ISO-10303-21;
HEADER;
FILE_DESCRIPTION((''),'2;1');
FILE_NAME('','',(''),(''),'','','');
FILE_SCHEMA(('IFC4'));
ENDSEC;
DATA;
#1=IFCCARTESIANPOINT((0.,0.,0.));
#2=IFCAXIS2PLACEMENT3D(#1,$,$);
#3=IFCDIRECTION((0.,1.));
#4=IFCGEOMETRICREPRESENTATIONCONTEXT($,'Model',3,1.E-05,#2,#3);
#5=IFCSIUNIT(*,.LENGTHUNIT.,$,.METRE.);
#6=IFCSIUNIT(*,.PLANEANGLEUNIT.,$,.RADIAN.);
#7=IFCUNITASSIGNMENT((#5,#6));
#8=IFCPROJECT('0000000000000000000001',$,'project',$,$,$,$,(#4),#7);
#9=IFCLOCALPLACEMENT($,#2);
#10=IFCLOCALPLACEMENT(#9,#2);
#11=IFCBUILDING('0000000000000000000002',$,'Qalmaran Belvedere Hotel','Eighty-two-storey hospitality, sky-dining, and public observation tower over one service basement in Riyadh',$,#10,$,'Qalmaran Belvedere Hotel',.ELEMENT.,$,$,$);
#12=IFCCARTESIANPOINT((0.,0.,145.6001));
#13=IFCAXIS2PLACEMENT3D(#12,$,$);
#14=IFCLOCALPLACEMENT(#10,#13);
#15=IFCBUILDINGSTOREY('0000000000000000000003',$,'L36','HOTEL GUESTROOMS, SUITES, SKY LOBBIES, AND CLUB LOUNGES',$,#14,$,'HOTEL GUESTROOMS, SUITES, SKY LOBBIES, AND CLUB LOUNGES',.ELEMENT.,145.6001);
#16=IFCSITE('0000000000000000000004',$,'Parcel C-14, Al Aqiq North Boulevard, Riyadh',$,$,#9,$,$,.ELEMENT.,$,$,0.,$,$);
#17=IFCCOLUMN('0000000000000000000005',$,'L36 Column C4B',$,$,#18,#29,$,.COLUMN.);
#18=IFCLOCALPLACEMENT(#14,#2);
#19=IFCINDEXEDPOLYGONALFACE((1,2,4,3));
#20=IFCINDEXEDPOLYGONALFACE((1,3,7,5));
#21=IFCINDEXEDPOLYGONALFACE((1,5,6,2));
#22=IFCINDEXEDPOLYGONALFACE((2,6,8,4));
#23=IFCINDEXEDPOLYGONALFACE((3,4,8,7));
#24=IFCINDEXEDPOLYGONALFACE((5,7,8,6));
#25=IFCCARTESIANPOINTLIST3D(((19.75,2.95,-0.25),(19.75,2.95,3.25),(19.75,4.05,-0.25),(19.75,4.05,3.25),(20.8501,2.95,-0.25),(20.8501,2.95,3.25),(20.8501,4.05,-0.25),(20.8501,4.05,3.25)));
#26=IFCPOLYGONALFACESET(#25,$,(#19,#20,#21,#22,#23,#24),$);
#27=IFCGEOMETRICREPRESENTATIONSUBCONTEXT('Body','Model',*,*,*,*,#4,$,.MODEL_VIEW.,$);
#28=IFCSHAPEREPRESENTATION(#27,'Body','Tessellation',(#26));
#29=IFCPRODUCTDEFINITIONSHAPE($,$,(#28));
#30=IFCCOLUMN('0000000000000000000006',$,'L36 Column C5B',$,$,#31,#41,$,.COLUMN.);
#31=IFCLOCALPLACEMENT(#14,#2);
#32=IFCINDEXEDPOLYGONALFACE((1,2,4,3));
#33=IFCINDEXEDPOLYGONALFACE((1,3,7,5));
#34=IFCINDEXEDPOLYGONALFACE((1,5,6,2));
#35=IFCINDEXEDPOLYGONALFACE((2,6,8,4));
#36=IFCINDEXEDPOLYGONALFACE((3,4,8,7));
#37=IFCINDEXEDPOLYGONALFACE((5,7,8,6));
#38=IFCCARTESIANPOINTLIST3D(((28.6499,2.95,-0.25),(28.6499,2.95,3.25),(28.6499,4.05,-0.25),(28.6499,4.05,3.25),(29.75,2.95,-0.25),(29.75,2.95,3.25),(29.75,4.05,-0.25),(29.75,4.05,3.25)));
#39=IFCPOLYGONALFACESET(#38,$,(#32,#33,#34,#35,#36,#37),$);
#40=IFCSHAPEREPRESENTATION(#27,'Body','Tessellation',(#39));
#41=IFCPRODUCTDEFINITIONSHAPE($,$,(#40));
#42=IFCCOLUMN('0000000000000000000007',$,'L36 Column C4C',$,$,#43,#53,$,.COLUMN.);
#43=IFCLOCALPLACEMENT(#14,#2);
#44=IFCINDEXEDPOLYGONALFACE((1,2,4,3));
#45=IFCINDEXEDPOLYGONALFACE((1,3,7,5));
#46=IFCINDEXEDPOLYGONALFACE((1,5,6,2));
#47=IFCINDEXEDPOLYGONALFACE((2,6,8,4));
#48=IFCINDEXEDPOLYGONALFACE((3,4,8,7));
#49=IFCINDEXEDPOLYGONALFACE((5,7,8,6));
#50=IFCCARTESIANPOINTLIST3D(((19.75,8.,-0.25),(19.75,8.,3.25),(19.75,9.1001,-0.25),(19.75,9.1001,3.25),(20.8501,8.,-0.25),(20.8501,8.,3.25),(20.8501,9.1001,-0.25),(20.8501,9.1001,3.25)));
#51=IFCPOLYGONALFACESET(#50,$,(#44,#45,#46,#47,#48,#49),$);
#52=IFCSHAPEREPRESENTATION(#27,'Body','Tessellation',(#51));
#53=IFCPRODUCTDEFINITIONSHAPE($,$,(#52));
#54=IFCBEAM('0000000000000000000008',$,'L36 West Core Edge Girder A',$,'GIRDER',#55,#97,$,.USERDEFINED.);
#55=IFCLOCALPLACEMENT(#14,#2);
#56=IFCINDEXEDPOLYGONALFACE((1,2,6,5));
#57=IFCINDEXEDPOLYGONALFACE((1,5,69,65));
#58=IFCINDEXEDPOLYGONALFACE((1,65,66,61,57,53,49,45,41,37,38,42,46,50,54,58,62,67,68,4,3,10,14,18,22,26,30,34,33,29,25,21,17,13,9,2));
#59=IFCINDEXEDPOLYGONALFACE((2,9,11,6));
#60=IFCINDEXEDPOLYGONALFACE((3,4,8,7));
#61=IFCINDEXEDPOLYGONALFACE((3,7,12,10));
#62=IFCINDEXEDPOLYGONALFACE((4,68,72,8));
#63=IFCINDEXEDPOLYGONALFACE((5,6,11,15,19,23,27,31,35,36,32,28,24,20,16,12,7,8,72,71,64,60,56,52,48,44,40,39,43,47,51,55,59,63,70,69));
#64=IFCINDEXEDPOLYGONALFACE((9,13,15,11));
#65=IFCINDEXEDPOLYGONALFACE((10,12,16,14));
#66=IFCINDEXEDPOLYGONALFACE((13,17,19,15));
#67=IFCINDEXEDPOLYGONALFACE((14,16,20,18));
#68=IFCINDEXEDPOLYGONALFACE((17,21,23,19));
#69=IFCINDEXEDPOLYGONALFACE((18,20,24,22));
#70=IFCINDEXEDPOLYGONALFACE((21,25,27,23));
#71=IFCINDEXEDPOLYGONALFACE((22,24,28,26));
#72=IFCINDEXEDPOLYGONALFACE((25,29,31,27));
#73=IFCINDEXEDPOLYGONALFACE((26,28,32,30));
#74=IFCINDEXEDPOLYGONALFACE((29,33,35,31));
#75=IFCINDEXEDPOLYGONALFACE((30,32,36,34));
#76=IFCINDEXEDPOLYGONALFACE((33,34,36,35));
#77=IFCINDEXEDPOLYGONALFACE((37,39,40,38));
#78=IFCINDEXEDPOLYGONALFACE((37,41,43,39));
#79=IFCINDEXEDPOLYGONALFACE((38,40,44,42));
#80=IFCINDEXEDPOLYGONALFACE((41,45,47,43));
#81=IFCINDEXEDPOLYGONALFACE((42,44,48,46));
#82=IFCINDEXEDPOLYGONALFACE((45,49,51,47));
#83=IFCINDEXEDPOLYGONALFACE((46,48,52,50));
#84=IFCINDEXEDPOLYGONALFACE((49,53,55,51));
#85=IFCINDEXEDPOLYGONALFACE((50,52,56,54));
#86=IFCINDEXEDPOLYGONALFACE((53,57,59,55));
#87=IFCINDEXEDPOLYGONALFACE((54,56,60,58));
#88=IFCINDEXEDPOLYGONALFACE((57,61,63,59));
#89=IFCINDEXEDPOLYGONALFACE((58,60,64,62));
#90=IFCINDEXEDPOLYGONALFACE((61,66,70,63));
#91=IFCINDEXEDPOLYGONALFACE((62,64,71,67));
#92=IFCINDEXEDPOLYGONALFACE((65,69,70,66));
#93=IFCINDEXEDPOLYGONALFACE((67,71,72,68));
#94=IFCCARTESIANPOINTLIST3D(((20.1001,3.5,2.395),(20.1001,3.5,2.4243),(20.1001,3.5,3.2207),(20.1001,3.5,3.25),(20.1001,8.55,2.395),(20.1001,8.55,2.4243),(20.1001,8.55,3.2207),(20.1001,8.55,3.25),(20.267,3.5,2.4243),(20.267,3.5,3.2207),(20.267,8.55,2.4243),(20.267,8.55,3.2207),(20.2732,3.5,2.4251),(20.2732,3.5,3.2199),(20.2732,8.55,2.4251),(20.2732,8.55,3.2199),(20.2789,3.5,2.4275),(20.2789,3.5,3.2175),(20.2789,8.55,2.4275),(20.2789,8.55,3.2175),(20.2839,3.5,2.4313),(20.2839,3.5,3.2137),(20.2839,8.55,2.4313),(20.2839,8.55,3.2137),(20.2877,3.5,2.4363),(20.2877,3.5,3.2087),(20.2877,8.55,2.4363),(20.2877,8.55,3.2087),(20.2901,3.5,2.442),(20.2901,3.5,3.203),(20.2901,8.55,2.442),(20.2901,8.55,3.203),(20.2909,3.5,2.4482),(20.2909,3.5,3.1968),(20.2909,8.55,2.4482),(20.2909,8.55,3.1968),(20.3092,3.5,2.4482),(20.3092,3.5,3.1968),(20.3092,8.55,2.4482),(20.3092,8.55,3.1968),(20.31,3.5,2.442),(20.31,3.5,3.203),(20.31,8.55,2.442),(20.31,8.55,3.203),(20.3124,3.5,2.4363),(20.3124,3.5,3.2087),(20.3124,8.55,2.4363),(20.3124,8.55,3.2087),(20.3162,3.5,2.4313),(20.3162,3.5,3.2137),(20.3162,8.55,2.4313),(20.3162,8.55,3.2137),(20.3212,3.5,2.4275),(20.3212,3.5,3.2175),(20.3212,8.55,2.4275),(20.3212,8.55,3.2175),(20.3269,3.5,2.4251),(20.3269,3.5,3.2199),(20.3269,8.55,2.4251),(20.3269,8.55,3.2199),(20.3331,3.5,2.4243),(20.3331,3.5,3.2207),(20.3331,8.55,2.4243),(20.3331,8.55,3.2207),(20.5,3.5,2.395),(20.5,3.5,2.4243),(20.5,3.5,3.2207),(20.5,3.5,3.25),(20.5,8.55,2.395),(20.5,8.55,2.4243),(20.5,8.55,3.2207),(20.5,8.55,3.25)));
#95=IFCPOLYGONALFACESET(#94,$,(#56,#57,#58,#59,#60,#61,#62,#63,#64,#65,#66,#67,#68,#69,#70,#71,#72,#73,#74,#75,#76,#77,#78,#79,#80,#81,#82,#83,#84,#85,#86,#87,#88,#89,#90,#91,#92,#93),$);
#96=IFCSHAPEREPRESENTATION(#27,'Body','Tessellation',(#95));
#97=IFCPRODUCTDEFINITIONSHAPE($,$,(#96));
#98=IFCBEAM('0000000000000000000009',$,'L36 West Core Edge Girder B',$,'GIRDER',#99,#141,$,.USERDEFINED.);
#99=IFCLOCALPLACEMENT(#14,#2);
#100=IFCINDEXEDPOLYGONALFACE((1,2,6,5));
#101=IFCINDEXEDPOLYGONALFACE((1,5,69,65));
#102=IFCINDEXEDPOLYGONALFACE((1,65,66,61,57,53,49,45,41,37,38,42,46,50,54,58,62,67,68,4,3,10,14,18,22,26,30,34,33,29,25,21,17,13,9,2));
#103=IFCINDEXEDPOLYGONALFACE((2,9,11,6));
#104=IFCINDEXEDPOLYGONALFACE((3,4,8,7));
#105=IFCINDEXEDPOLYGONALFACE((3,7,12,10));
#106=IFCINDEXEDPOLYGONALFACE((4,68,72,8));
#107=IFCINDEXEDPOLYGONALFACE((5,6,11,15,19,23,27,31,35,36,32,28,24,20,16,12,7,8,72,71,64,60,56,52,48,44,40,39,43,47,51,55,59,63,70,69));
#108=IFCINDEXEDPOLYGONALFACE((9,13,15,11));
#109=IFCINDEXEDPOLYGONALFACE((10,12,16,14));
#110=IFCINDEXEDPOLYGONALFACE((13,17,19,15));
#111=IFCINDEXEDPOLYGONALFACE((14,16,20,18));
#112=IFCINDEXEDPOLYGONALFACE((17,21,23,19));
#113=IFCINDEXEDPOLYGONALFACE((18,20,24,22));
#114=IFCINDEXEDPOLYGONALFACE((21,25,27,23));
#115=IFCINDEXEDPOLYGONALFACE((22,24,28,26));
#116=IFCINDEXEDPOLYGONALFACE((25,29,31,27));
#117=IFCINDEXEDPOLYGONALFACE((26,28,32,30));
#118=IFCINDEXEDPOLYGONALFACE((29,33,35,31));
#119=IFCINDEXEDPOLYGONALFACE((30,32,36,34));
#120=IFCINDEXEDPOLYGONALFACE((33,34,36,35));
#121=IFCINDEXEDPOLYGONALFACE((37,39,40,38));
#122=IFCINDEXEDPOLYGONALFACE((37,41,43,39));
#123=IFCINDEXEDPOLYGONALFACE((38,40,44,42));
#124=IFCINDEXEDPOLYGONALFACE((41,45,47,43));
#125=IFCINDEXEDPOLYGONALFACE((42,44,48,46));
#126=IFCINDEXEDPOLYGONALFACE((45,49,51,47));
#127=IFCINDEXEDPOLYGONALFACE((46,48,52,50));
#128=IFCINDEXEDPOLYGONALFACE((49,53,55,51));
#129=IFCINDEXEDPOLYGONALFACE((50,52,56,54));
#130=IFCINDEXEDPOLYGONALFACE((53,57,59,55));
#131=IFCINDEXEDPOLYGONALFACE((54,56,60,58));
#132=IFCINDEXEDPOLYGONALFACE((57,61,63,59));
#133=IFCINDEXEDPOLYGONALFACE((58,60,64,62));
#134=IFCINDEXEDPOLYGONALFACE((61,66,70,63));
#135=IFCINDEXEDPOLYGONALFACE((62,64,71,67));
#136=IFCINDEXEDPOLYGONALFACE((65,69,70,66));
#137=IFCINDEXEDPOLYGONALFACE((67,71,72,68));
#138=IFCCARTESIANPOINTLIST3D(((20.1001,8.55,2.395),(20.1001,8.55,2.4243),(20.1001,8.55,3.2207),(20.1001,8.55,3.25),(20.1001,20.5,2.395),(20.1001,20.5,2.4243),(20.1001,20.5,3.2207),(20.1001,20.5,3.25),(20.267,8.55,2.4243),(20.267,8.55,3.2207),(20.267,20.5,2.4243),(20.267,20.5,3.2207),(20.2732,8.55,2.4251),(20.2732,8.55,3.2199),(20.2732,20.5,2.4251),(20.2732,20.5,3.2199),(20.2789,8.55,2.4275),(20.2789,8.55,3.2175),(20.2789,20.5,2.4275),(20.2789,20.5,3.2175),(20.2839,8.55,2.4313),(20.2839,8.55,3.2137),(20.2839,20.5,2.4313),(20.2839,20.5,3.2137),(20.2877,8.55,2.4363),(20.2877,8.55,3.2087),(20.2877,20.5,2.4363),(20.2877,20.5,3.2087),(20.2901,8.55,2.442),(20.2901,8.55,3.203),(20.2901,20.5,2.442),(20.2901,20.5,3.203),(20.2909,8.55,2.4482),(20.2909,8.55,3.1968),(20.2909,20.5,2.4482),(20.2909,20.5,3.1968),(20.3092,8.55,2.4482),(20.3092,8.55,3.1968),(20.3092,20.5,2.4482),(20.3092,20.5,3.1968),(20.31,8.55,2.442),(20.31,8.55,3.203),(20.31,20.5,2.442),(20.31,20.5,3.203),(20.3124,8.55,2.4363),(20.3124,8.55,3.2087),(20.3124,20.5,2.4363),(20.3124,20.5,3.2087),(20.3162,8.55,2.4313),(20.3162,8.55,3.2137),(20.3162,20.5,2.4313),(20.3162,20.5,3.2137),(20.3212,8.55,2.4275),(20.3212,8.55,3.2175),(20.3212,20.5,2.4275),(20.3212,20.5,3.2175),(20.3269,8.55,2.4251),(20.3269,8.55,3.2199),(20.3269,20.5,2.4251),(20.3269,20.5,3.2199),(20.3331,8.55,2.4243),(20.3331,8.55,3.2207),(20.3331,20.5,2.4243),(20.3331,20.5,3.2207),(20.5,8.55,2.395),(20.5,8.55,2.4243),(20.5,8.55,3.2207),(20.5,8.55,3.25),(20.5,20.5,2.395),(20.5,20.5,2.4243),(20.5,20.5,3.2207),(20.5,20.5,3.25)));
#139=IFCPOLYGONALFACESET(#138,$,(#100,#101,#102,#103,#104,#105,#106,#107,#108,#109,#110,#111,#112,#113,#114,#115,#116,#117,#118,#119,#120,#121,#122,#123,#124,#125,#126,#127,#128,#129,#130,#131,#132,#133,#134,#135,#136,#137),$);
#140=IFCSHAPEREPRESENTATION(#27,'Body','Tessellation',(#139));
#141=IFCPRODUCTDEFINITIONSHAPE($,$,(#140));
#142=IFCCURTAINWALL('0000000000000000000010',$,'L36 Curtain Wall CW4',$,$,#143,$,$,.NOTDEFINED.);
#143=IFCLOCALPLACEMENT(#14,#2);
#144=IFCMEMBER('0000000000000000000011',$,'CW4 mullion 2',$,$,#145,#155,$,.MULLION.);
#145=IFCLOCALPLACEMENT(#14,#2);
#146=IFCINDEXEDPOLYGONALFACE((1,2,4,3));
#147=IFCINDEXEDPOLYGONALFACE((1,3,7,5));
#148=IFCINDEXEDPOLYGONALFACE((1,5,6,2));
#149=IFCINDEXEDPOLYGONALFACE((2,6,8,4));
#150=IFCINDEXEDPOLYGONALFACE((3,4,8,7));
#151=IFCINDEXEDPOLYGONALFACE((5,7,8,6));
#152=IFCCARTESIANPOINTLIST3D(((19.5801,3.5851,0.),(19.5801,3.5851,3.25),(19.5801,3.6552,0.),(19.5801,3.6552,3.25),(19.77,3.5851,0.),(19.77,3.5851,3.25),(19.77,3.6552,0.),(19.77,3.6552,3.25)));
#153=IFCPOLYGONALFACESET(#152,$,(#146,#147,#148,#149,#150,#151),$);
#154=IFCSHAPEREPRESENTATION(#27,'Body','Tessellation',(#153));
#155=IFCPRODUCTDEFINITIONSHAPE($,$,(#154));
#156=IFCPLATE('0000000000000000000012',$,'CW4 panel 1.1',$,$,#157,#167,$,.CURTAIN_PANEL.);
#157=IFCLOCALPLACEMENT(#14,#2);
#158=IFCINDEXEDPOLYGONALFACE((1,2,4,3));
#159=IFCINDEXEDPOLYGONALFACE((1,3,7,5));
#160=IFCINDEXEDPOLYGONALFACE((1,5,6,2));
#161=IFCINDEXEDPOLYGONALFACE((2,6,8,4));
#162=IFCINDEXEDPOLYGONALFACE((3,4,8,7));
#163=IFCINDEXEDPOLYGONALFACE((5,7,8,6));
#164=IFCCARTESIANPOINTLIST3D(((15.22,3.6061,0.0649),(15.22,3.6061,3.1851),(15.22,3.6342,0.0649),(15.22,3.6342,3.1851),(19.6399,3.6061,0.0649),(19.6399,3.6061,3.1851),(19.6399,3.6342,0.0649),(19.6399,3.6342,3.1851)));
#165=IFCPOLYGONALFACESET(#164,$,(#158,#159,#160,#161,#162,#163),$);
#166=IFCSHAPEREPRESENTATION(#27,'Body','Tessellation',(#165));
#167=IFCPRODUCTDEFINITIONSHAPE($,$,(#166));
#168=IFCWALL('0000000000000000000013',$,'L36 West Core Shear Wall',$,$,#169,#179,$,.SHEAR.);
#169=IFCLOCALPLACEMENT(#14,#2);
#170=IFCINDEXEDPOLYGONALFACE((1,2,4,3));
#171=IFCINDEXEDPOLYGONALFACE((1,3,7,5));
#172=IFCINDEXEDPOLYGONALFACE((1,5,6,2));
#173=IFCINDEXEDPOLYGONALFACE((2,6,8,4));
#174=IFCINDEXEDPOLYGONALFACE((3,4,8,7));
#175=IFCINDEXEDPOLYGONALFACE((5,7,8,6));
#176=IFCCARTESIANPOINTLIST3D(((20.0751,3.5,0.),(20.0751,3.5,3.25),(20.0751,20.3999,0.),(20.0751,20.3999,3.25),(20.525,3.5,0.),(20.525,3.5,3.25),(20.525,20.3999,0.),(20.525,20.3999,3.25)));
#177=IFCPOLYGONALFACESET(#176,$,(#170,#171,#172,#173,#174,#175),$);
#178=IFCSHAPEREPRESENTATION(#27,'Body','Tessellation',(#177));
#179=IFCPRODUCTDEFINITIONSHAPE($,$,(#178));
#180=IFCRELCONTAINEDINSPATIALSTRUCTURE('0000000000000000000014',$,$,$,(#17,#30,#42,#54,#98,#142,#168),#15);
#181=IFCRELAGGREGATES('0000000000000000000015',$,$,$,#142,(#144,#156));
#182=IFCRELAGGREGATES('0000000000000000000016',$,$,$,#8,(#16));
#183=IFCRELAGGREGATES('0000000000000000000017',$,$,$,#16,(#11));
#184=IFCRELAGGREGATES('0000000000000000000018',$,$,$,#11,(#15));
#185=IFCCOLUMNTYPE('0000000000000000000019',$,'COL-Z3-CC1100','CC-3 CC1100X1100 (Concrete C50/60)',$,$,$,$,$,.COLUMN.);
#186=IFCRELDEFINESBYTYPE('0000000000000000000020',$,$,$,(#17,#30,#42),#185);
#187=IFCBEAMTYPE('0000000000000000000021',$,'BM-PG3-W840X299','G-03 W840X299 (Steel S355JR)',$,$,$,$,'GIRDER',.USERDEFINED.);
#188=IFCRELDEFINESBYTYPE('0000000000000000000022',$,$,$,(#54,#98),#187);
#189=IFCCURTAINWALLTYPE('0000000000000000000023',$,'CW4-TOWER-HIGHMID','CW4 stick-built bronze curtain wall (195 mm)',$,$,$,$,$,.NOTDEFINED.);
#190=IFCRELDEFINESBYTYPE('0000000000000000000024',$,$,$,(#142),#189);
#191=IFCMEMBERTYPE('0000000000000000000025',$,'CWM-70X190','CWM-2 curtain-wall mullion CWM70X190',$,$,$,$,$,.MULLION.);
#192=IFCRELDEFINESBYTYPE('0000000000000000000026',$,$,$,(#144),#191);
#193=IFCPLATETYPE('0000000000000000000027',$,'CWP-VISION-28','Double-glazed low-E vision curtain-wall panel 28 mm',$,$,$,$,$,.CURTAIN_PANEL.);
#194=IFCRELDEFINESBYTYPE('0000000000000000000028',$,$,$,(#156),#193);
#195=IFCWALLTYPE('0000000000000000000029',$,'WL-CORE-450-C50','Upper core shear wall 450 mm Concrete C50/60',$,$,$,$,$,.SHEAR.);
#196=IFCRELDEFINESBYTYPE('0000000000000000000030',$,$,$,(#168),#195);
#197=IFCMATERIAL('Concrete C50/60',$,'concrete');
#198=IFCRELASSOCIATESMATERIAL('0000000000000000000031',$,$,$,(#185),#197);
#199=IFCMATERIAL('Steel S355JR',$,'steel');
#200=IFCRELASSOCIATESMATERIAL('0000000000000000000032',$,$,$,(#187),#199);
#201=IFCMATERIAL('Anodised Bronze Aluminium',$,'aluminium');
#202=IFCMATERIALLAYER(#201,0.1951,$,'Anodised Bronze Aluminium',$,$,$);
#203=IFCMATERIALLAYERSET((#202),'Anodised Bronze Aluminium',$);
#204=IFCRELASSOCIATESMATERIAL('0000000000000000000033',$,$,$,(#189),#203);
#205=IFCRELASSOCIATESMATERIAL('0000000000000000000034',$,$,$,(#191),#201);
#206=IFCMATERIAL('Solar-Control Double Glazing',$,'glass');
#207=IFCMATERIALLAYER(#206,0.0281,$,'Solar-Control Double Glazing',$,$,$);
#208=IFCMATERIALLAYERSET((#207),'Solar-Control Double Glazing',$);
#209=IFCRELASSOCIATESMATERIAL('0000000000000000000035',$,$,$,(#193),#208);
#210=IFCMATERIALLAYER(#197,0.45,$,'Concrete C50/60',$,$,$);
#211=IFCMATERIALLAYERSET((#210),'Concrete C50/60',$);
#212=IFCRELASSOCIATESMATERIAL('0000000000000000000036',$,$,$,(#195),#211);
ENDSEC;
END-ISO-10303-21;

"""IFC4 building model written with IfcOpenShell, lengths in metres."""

from ifc_helpers import new_model, si_unit, direction, frame, frame_2d, origin, origin_2d, place, context, subcontext, project, spatial, rectangle, i_section, extrude, material, layer, layer_set, material_profile, profile_set, type_object, element, aggregate, save


model = new_model("IFC4")

# Units and contexts
model_context = context("Model", 3, precision=1e-05, world=origin(), true_north=direction((0.0, 1.0)))
body_context = subcontext(model_context, "Body", "Model", "MODEL_VIEW")
ifc_project = project(units=[si_unit("LENGTHUNIT", "METRE"), si_unit("PLANEANGLEUNIT", "RADIAN")], contexts=[model_context])

# Site, building, storey
site_placement = place(None, origin())
site = spatial("IfcSite", under=ifc_project, at=site_placement, Name="Parcel C-14, Al Aqiq North Boulevard, Riyadh", CompositionType="ELEMENT", RefElevation=0.0)
building_placement = place(site_placement, origin())
building = spatial("IfcBuilding", under=site, at=building_placement, Name="Qalmaran Belvedere Hotel", Description="Eighty-two-storey hospitality, sky-dining, and public observation tower over one service basement in Riyadh", LongName="Qalmaran Belvedere Hotel", CompositionType="ELEMENT")
storey_placement = place(building_placement, frame((0.0, 0.0, 145.6001)))
storey = spatial("IfcBuildingStorey", under=building, at=storey_placement, Name="L36", Description="HOTEL GUESTROOMS, SUITES, SKY LOBBIES, AND CLUB LOUNGES", LongName="HOTEL GUESTROOMS, SUITES, SKY LOBBIES, AND CLUB LOUNGES", CompositionType="ELEMENT", Elevation=145.6001)

# Columns
ifc_material_1 = material(Name="Concrete C50/60", Category="concrete")
ifc_material_profile_1 = material_profile(ifc_material_1, rectangle(XDim=1.1001, YDim=1.1001, at=origin_2d()), Name="CC1100X1100")
ifc_profile_set_1 = profile_set([ifc_material_profile_1], Name="Concrete C50/60")
column_type = type_object("IfcColumnType", Name="COL-Z3-CC1100", Description="CC-3 CC1100X1100 (Concrete C50/60)", PredefinedType="COLUMN", material=ifc_profile_set_1)
for number, where, z_axis, x_axis, name in (
    (1, (20.3, 3.5, -0.25), (0.0, 0.0, 1.0), (1.0, 0.0, 0.0), "L36 Column C4B"),
    (2, (29.2, 3.5, -0.25), (0.0, 0.0, 1.0), (1.0, 0.0, 0.0), "L36 Column C5B"),
    (3, (20.3, 8.55, -0.25), (0.0, 0.0, 1.0), (1.0, 0.0, 0.0), "L36 Column C4C"),
):
    element("IfcColumn", number, at=place(storey_placement, frame(where, z_axis=z_axis, x_axis=x_axis)), inside=storey, type_object=column_type, Name=name, PredefinedType="COLUMN", context=body_context, shape_type="SweptSolid", body=[
        extrude(rectangle(XDim=1.1001, YDim=1.1001, at=origin_2d()), origin(), (0.0, 0.0, 1.0), 3.5),
    ])

# Beams
ifc_material_2 = material(Name="Steel S355JR", Category="steel")
ifc_material_profile_2 = material_profile(ifc_material_2, i_section(OverallWidth=0.3999, OverallDepth=0.855, WebThickness=0.0183, FlangeThickness=0.0293, FilletRadius=0.0239, at=origin_2d()), Name="W840X299")
ifc_profile_set_2 = profile_set([ifc_material_profile_2], Name="Steel S355JR")
beam_type = type_object("IfcBeamType", Name="BM-PG3-W840X299", Description="G-03 W840X299 (Steel S355JR)", ElementType="GIRDER", PredefinedType="USERDEFINED", material=ifc_profile_set_2)
beam_1_placement = place(storey_placement, frame((20.3, 3.5, 2.8225), z_axis=(0.0, 1.0, 0.0), x_axis=(-1.0, 0.0, 0.0)))
element("IfcBeam", 4, at=beam_1_placement, inside=storey, type_object=beam_type, Name="L36 West Core Edge Girder A", ObjectType="GIRDER", PredefinedType="USERDEFINED", context=body_context, shape_type="SweptSolid", body=[
    extrude(i_section(OverallWidth=0.3999, OverallDepth=0.855, WebThickness=0.0183, FlangeThickness=0.0293, FilletRadius=0.0239, at=origin_2d()), origin(), (0.0, 0.0, 1.0), 5.05),
])
beam_2_placement = place(storey_placement, frame((20.3, 8.55, 2.8225), z_axis=(0.0, 1.0, 0.0), x_axis=(-1.0, 0.0, 0.0)))
element("IfcBeam", 5, at=beam_2_placement, inside=storey, type_object=beam_type, Name="L36 West Core Edge Girder B", ObjectType="GIRDER", PredefinedType="USERDEFINED", context=body_context, shape_type="SweptSolid", body=[
    extrude(i_section(OverallWidth=0.3999, OverallDepth=0.855, WebThickness=0.0183, FlangeThickness=0.0293, FilletRadius=0.0239, at=origin_2d()), origin(), (0.0, 0.0, 1.0), 11.95),
])

# Curtain wall, member, plate
ifc_material_3 = material(Name="Anodised Bronze Aluminium", Category="aluminium")
ifc_layer_1 = layer(ifc_material_3, 0.1951, Name="Anodised Bronze Aluminium")
ifc_layer_set_1 = layer_set([ifc_layer_1], Name="Anodised Bronze Aluminium")
curtain_wall_type = type_object("IfcCurtainWallType", Name="CW4-TOWER-HIGHMID", Description="CW4 stick-built bronze curtain wall (195 mm)", PredefinedType="NOTDEFINED", material=ifc_layer_set_1)
curtain_wall_placement = place(storey_placement, origin())
curtain_wall = element("IfcCurtainWall", 6, at=curtain_wall_placement, inside=storey, type_object=curtain_wall_type, Name="L36 Curtain Wall CW4", PredefinedType="NOTDEFINED")
ifc_material_profile_3 = material_profile(ifc_material_3, rectangle(XDim=0.0701, YDim=0.1899, at=origin_2d()), Name="CWM70X190")
ifc_profile_set_3 = profile_set([ifc_material_profile_3], Name="Anodised Bronze Aluminium")
member_type = type_object("IfcMemberType", Name="CWM-70X190", Description="CWM-2 curtain-wall mullion CWM70X190", PredefinedType="MULLION", material=ifc_profile_set_3)
member_placement = place(storey_placement, frame((19.675, 3.6201, 0.0), z_axis=(0.0, 0.0, 1.0), x_axis=(0.0, 1.0, 0.0)))
member = element("IfcMember", 7, at=member_placement, type_object=member_type, Name="CW4 mullion 2", PredefinedType="MULLION", context=body_context, shape_type="SweptSolid", body=[
    extrude(rectangle(XDim=0.0701, YDim=0.1899, at=origin_2d()), origin(), (0.0, 0.0, 1.0), 3.25),
])
ifc_material_4 = material(Name="Solar-Control Double Glazing", Category="glass")
ifc_layer_2 = layer(ifc_material_4, 0.0281, Name="Solar-Control Double Glazing")
ifc_layer_set_2 = layer_set([ifc_layer_2], Name="Solar-Control Double Glazing")
plate_type = type_object("IfcPlateType", Name="CWP-VISION-28", Description="Double-glazed low-E vision curtain-wall panel 28 mm", PredefinedType="CURTAIN_PANEL", material=ifc_layer_set_2)
plate_placement = place(storey_placement, frame((17.4299, 3.6201, 0.0649), z_axis=(0.0, 0.0, 1.0), x_axis=(1.0, 0.0, 0.0)))
plate = element("IfcPlate", 8, at=plate_placement, type_object=plate_type, Name="CW4 panel 1.1", PredefinedType="CURTAIN_PANEL", context=body_context, shape_type="SweptSolid", body=[
    extrude(rectangle(XDim=4.4199, YDim=0.0281, at=origin_2d()), origin(), (0.0, 0.0, 1.0), 3.1201),
])
aggregate(curtain_wall, [member, plate])

# Wall
ifc_layer_3 = layer(ifc_material_1, 0.45, Name="Concrete C50/60")
ifc_layer_set_3 = layer_set([ifc_layer_3], Name="Concrete C50/60")
wall_type_1 = type_object("IfcWallType", Name="WL-CORE-450-C50", Description="Upper core shear wall 450 mm Concrete C50/60", PredefinedType="SHEAR", material=ifc_layer_set_3)
wall_1_placement = place(storey_placement, frame((20.3, 3.5, 0.0), z_axis=(0.0, 0.0, 1.0), x_axis=(0.0, 1.0, 0.0)))
element("IfcWall", 9, at=wall_1_placement, inside=storey, type_object=wall_type_1, Name="L36 West Core Shear Wall", PredefinedType="SHEAR", context=body_context, shape_type="SweptSolid", body=[
    extrude(rectangle(XDim=16.8999, YDim=0.45, at=frame_2d((8.45, 0.0))), origin(), (0.0, 0.0, 1.0), 3.25),
])

save(model, "model.ifc")
